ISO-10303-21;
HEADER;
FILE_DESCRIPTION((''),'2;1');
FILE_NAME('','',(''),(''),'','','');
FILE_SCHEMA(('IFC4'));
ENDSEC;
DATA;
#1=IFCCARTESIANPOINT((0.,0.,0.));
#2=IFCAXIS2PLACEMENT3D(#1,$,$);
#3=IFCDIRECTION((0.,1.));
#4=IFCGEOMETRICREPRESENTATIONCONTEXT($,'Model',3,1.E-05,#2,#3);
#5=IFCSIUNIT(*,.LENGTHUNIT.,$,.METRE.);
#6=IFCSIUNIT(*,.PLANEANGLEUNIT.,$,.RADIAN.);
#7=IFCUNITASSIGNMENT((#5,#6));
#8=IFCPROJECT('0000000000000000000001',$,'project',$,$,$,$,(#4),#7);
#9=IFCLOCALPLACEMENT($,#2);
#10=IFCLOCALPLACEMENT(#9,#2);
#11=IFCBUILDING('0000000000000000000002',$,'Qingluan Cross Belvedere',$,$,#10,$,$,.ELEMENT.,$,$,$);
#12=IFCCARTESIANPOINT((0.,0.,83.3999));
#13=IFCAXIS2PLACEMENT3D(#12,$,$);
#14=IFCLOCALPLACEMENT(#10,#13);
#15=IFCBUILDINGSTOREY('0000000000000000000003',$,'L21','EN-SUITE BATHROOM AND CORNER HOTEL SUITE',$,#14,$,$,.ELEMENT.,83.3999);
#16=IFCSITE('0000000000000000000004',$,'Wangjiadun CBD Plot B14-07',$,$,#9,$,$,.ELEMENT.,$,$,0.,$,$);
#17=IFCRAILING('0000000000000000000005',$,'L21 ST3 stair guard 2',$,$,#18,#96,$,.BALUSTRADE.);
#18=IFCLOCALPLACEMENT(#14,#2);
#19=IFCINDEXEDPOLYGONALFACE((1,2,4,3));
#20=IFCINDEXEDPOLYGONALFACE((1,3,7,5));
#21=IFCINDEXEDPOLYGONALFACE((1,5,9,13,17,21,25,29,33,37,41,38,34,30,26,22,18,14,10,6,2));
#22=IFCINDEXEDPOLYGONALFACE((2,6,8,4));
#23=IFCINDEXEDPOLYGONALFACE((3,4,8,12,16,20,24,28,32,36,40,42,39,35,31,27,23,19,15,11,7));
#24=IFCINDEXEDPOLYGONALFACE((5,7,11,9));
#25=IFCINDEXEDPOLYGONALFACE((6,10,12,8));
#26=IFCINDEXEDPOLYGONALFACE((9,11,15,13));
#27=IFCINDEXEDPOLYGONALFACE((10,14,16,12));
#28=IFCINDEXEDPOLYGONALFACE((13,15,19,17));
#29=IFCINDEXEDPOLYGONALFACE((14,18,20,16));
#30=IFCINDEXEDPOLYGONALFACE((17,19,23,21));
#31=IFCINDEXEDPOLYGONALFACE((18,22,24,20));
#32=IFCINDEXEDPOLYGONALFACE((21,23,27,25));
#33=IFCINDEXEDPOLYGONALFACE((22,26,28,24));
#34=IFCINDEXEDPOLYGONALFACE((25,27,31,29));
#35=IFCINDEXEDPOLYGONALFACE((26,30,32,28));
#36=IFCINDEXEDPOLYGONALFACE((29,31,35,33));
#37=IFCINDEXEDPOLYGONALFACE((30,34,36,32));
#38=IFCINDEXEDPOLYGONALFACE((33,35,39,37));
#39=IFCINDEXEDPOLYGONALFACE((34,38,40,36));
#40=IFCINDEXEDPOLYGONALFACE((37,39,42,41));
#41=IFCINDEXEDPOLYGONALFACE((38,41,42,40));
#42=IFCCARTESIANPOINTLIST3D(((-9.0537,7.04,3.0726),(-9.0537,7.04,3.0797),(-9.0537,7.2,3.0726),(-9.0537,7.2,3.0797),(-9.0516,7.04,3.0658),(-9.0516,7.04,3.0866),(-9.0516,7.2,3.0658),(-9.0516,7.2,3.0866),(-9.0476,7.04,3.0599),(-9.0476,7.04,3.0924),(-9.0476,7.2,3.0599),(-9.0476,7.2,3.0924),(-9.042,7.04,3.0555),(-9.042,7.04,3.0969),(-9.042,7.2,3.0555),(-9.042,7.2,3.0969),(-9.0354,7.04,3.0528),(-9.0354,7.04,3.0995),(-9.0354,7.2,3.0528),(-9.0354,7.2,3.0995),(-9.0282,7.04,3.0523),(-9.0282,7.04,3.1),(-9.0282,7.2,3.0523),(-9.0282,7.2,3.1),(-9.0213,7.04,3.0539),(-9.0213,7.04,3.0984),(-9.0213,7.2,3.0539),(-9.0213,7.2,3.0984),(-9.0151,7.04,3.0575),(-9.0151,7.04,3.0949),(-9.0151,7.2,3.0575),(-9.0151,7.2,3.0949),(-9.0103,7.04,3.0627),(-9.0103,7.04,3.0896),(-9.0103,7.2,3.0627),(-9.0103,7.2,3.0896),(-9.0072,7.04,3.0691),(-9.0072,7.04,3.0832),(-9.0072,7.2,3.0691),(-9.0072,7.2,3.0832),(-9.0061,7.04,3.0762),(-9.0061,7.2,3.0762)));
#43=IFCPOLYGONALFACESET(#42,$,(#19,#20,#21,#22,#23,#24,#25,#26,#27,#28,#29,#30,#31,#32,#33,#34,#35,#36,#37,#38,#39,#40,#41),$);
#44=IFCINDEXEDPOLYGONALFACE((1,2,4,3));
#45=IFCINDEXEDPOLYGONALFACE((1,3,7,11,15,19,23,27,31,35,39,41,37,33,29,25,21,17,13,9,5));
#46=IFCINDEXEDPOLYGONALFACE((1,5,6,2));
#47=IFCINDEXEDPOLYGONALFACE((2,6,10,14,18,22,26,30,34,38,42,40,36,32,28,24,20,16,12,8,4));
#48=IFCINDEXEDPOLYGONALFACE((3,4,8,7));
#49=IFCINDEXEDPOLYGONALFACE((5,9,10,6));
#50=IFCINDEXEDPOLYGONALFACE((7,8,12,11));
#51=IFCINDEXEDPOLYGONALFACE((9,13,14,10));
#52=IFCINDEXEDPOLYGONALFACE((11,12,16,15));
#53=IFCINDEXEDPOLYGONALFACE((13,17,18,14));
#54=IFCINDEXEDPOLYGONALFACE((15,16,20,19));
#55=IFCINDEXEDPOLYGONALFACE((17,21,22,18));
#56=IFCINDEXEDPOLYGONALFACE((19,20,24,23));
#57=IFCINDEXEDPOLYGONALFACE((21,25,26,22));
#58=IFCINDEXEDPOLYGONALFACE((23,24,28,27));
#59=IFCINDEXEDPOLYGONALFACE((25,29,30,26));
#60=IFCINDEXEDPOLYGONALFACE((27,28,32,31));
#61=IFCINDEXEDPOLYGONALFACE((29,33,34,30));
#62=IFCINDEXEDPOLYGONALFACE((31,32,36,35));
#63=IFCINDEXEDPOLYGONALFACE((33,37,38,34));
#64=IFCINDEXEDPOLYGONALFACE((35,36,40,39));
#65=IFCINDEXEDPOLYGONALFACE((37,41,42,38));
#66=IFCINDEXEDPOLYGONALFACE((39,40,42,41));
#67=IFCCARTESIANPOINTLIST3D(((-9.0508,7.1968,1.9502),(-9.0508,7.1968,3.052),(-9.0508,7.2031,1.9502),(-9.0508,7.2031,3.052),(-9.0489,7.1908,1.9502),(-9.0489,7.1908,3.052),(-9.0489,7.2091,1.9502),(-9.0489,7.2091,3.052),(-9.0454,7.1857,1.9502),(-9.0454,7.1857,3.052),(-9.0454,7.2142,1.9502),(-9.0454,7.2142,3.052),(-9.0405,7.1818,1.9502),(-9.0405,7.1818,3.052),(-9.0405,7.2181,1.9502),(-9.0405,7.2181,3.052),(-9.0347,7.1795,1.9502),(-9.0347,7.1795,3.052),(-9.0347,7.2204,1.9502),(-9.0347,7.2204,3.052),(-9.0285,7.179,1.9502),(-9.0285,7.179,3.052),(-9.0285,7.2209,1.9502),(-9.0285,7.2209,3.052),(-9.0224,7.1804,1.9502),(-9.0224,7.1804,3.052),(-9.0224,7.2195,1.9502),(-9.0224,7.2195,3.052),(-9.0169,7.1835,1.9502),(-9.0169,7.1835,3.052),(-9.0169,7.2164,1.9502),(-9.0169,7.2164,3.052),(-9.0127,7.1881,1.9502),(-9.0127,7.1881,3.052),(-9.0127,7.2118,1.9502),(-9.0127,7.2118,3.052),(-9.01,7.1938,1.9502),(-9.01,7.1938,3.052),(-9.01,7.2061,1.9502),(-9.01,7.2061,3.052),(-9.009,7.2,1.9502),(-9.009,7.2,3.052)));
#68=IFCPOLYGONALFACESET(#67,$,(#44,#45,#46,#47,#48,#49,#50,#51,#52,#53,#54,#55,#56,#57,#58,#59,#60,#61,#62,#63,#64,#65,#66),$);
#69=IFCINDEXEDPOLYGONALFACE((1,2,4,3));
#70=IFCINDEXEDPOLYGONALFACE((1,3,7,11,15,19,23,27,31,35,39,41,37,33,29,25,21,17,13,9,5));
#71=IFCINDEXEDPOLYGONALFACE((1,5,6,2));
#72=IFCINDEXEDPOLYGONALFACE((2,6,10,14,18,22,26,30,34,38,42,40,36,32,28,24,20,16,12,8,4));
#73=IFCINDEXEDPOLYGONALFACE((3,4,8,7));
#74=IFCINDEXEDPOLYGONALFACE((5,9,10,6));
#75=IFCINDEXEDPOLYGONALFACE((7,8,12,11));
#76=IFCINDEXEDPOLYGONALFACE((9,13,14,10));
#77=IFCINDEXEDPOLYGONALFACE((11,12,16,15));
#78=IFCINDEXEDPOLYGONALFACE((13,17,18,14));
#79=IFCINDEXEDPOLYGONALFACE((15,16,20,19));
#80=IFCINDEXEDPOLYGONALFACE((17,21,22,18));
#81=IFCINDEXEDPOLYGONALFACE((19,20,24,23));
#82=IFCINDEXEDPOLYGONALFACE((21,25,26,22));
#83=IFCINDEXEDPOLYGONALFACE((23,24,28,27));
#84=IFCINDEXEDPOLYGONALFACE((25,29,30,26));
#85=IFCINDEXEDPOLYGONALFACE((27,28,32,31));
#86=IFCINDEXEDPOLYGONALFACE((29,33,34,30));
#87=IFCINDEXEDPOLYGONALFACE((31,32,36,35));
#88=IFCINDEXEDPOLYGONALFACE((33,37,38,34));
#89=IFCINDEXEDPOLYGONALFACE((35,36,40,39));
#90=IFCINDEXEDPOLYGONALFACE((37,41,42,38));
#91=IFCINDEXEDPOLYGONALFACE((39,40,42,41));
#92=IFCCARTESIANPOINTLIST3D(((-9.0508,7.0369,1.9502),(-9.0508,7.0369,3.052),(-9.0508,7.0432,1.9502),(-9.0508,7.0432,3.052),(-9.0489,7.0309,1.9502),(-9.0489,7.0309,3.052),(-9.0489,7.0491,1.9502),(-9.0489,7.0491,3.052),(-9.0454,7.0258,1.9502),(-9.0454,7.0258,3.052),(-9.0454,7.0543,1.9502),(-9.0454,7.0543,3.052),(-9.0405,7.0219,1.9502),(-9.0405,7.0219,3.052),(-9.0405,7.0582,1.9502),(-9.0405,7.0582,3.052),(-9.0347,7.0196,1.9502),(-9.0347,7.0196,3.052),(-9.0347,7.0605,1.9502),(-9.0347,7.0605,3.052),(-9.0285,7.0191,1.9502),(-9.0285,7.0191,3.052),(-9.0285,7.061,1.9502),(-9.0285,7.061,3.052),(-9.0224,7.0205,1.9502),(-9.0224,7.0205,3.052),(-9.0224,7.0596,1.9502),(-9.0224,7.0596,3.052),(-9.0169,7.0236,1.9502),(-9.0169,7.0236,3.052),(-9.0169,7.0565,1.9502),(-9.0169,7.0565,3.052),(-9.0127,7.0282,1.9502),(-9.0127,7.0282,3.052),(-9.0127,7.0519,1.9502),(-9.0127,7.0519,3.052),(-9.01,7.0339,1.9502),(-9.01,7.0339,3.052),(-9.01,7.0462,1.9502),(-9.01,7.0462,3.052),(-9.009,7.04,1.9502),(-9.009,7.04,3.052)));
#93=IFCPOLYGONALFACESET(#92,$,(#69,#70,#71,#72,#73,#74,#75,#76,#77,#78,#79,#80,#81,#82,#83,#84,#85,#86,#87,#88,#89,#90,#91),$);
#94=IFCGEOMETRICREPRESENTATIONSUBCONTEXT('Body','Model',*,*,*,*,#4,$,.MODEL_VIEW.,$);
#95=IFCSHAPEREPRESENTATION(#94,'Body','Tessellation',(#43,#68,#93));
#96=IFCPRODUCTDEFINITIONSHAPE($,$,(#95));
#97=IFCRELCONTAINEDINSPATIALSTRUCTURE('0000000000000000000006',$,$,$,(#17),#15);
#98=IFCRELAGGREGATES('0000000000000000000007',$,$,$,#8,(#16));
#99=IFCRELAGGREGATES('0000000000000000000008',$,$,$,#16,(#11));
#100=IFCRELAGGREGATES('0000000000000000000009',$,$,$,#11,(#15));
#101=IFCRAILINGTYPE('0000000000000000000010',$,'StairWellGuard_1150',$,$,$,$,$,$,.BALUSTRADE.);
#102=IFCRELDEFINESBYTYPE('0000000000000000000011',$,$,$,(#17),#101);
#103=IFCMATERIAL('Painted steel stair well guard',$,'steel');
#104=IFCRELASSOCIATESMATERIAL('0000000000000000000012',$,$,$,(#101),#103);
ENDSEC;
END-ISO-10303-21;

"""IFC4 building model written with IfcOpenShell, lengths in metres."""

from ifc_helpers import new_model, si_unit, direction, frame, origin, origin_2d, place, context, subcontext, project, spatial, circle, extrude, material, type_object, element, save


model = new_model("IFC4")

# Units and contexts
model_context = context("Model", 3, precision=1e-05, world=origin(), true_north=direction((0.0, 1.0)))
body_context = subcontext(model_context, "Body", "Model", "MODEL_VIEW")
ifc_project = project(units=[si_unit("LENGTHUNIT", "METRE"), si_unit("PLANEANGLEUNIT", "RADIAN")], contexts=[model_context])

# Site, building, storey
site_placement = place(None, origin())
site = spatial("IfcSite", under=ifc_project, at=site_placement, Name="Wangjiadun CBD Plot B14-07", CompositionType="ELEMENT", RefElevation=0.0)
building_placement = place(site_placement, origin())
building = spatial("IfcBuilding", under=site, at=building_placement, Name="Qingluan Cross Belvedere", CompositionType="ELEMENT")
storey_placement = place(building_placement, frame((0.0, 0.0, 83.3999)))
storey = spatial("IfcBuildingStorey", under=building, at=storey_placement, Name="L21", Description="EN-SUITE BATHROOM AND CORNER HOTEL SUITE", CompositionType="ELEMENT", Elevation=83.3999)

# Railing
ifc_material_1 = material(Name="Painted steel stair well guard", Category="steel")
railing_type_1 = type_object("IfcRailingType", Name="StairWellGuard_1150", PredefinedType="BALUSTRADE", material=ifc_material_1)
railing_1_placement = place(storey_placement, frame((-9.03, 7.2, 1.9502)))
element("IfcRailing", 1, at=railing_1_placement, inside=storey, type_object=railing_type_1, Name="L21 ST3 stair guard 2", PredefinedType="BALUSTRADE", context=body_context, shape_type="SweptSolid", body=[
    extrude(circle(Radius=0.0239, at=origin_2d()), frame((0.0, 0.0, 1.126), z_axis=(0.0, -1.0, 0.0), x_axis=(1.0, 0.0, 0.0)), (0.0, 0.0, 1.0), 0.1599),
    extrude(circle(Radius=0.021, at=origin_2d()), origin(), (0.0, 0.0, 1.0), 1.1018),
    extrude(circle(Radius=0.021, at=origin_2d()), frame((0.0, -0.1599, 0.0)), (0.0, 0.0, 1.0), 1.1018),
])

save(model, "model.ifc")
